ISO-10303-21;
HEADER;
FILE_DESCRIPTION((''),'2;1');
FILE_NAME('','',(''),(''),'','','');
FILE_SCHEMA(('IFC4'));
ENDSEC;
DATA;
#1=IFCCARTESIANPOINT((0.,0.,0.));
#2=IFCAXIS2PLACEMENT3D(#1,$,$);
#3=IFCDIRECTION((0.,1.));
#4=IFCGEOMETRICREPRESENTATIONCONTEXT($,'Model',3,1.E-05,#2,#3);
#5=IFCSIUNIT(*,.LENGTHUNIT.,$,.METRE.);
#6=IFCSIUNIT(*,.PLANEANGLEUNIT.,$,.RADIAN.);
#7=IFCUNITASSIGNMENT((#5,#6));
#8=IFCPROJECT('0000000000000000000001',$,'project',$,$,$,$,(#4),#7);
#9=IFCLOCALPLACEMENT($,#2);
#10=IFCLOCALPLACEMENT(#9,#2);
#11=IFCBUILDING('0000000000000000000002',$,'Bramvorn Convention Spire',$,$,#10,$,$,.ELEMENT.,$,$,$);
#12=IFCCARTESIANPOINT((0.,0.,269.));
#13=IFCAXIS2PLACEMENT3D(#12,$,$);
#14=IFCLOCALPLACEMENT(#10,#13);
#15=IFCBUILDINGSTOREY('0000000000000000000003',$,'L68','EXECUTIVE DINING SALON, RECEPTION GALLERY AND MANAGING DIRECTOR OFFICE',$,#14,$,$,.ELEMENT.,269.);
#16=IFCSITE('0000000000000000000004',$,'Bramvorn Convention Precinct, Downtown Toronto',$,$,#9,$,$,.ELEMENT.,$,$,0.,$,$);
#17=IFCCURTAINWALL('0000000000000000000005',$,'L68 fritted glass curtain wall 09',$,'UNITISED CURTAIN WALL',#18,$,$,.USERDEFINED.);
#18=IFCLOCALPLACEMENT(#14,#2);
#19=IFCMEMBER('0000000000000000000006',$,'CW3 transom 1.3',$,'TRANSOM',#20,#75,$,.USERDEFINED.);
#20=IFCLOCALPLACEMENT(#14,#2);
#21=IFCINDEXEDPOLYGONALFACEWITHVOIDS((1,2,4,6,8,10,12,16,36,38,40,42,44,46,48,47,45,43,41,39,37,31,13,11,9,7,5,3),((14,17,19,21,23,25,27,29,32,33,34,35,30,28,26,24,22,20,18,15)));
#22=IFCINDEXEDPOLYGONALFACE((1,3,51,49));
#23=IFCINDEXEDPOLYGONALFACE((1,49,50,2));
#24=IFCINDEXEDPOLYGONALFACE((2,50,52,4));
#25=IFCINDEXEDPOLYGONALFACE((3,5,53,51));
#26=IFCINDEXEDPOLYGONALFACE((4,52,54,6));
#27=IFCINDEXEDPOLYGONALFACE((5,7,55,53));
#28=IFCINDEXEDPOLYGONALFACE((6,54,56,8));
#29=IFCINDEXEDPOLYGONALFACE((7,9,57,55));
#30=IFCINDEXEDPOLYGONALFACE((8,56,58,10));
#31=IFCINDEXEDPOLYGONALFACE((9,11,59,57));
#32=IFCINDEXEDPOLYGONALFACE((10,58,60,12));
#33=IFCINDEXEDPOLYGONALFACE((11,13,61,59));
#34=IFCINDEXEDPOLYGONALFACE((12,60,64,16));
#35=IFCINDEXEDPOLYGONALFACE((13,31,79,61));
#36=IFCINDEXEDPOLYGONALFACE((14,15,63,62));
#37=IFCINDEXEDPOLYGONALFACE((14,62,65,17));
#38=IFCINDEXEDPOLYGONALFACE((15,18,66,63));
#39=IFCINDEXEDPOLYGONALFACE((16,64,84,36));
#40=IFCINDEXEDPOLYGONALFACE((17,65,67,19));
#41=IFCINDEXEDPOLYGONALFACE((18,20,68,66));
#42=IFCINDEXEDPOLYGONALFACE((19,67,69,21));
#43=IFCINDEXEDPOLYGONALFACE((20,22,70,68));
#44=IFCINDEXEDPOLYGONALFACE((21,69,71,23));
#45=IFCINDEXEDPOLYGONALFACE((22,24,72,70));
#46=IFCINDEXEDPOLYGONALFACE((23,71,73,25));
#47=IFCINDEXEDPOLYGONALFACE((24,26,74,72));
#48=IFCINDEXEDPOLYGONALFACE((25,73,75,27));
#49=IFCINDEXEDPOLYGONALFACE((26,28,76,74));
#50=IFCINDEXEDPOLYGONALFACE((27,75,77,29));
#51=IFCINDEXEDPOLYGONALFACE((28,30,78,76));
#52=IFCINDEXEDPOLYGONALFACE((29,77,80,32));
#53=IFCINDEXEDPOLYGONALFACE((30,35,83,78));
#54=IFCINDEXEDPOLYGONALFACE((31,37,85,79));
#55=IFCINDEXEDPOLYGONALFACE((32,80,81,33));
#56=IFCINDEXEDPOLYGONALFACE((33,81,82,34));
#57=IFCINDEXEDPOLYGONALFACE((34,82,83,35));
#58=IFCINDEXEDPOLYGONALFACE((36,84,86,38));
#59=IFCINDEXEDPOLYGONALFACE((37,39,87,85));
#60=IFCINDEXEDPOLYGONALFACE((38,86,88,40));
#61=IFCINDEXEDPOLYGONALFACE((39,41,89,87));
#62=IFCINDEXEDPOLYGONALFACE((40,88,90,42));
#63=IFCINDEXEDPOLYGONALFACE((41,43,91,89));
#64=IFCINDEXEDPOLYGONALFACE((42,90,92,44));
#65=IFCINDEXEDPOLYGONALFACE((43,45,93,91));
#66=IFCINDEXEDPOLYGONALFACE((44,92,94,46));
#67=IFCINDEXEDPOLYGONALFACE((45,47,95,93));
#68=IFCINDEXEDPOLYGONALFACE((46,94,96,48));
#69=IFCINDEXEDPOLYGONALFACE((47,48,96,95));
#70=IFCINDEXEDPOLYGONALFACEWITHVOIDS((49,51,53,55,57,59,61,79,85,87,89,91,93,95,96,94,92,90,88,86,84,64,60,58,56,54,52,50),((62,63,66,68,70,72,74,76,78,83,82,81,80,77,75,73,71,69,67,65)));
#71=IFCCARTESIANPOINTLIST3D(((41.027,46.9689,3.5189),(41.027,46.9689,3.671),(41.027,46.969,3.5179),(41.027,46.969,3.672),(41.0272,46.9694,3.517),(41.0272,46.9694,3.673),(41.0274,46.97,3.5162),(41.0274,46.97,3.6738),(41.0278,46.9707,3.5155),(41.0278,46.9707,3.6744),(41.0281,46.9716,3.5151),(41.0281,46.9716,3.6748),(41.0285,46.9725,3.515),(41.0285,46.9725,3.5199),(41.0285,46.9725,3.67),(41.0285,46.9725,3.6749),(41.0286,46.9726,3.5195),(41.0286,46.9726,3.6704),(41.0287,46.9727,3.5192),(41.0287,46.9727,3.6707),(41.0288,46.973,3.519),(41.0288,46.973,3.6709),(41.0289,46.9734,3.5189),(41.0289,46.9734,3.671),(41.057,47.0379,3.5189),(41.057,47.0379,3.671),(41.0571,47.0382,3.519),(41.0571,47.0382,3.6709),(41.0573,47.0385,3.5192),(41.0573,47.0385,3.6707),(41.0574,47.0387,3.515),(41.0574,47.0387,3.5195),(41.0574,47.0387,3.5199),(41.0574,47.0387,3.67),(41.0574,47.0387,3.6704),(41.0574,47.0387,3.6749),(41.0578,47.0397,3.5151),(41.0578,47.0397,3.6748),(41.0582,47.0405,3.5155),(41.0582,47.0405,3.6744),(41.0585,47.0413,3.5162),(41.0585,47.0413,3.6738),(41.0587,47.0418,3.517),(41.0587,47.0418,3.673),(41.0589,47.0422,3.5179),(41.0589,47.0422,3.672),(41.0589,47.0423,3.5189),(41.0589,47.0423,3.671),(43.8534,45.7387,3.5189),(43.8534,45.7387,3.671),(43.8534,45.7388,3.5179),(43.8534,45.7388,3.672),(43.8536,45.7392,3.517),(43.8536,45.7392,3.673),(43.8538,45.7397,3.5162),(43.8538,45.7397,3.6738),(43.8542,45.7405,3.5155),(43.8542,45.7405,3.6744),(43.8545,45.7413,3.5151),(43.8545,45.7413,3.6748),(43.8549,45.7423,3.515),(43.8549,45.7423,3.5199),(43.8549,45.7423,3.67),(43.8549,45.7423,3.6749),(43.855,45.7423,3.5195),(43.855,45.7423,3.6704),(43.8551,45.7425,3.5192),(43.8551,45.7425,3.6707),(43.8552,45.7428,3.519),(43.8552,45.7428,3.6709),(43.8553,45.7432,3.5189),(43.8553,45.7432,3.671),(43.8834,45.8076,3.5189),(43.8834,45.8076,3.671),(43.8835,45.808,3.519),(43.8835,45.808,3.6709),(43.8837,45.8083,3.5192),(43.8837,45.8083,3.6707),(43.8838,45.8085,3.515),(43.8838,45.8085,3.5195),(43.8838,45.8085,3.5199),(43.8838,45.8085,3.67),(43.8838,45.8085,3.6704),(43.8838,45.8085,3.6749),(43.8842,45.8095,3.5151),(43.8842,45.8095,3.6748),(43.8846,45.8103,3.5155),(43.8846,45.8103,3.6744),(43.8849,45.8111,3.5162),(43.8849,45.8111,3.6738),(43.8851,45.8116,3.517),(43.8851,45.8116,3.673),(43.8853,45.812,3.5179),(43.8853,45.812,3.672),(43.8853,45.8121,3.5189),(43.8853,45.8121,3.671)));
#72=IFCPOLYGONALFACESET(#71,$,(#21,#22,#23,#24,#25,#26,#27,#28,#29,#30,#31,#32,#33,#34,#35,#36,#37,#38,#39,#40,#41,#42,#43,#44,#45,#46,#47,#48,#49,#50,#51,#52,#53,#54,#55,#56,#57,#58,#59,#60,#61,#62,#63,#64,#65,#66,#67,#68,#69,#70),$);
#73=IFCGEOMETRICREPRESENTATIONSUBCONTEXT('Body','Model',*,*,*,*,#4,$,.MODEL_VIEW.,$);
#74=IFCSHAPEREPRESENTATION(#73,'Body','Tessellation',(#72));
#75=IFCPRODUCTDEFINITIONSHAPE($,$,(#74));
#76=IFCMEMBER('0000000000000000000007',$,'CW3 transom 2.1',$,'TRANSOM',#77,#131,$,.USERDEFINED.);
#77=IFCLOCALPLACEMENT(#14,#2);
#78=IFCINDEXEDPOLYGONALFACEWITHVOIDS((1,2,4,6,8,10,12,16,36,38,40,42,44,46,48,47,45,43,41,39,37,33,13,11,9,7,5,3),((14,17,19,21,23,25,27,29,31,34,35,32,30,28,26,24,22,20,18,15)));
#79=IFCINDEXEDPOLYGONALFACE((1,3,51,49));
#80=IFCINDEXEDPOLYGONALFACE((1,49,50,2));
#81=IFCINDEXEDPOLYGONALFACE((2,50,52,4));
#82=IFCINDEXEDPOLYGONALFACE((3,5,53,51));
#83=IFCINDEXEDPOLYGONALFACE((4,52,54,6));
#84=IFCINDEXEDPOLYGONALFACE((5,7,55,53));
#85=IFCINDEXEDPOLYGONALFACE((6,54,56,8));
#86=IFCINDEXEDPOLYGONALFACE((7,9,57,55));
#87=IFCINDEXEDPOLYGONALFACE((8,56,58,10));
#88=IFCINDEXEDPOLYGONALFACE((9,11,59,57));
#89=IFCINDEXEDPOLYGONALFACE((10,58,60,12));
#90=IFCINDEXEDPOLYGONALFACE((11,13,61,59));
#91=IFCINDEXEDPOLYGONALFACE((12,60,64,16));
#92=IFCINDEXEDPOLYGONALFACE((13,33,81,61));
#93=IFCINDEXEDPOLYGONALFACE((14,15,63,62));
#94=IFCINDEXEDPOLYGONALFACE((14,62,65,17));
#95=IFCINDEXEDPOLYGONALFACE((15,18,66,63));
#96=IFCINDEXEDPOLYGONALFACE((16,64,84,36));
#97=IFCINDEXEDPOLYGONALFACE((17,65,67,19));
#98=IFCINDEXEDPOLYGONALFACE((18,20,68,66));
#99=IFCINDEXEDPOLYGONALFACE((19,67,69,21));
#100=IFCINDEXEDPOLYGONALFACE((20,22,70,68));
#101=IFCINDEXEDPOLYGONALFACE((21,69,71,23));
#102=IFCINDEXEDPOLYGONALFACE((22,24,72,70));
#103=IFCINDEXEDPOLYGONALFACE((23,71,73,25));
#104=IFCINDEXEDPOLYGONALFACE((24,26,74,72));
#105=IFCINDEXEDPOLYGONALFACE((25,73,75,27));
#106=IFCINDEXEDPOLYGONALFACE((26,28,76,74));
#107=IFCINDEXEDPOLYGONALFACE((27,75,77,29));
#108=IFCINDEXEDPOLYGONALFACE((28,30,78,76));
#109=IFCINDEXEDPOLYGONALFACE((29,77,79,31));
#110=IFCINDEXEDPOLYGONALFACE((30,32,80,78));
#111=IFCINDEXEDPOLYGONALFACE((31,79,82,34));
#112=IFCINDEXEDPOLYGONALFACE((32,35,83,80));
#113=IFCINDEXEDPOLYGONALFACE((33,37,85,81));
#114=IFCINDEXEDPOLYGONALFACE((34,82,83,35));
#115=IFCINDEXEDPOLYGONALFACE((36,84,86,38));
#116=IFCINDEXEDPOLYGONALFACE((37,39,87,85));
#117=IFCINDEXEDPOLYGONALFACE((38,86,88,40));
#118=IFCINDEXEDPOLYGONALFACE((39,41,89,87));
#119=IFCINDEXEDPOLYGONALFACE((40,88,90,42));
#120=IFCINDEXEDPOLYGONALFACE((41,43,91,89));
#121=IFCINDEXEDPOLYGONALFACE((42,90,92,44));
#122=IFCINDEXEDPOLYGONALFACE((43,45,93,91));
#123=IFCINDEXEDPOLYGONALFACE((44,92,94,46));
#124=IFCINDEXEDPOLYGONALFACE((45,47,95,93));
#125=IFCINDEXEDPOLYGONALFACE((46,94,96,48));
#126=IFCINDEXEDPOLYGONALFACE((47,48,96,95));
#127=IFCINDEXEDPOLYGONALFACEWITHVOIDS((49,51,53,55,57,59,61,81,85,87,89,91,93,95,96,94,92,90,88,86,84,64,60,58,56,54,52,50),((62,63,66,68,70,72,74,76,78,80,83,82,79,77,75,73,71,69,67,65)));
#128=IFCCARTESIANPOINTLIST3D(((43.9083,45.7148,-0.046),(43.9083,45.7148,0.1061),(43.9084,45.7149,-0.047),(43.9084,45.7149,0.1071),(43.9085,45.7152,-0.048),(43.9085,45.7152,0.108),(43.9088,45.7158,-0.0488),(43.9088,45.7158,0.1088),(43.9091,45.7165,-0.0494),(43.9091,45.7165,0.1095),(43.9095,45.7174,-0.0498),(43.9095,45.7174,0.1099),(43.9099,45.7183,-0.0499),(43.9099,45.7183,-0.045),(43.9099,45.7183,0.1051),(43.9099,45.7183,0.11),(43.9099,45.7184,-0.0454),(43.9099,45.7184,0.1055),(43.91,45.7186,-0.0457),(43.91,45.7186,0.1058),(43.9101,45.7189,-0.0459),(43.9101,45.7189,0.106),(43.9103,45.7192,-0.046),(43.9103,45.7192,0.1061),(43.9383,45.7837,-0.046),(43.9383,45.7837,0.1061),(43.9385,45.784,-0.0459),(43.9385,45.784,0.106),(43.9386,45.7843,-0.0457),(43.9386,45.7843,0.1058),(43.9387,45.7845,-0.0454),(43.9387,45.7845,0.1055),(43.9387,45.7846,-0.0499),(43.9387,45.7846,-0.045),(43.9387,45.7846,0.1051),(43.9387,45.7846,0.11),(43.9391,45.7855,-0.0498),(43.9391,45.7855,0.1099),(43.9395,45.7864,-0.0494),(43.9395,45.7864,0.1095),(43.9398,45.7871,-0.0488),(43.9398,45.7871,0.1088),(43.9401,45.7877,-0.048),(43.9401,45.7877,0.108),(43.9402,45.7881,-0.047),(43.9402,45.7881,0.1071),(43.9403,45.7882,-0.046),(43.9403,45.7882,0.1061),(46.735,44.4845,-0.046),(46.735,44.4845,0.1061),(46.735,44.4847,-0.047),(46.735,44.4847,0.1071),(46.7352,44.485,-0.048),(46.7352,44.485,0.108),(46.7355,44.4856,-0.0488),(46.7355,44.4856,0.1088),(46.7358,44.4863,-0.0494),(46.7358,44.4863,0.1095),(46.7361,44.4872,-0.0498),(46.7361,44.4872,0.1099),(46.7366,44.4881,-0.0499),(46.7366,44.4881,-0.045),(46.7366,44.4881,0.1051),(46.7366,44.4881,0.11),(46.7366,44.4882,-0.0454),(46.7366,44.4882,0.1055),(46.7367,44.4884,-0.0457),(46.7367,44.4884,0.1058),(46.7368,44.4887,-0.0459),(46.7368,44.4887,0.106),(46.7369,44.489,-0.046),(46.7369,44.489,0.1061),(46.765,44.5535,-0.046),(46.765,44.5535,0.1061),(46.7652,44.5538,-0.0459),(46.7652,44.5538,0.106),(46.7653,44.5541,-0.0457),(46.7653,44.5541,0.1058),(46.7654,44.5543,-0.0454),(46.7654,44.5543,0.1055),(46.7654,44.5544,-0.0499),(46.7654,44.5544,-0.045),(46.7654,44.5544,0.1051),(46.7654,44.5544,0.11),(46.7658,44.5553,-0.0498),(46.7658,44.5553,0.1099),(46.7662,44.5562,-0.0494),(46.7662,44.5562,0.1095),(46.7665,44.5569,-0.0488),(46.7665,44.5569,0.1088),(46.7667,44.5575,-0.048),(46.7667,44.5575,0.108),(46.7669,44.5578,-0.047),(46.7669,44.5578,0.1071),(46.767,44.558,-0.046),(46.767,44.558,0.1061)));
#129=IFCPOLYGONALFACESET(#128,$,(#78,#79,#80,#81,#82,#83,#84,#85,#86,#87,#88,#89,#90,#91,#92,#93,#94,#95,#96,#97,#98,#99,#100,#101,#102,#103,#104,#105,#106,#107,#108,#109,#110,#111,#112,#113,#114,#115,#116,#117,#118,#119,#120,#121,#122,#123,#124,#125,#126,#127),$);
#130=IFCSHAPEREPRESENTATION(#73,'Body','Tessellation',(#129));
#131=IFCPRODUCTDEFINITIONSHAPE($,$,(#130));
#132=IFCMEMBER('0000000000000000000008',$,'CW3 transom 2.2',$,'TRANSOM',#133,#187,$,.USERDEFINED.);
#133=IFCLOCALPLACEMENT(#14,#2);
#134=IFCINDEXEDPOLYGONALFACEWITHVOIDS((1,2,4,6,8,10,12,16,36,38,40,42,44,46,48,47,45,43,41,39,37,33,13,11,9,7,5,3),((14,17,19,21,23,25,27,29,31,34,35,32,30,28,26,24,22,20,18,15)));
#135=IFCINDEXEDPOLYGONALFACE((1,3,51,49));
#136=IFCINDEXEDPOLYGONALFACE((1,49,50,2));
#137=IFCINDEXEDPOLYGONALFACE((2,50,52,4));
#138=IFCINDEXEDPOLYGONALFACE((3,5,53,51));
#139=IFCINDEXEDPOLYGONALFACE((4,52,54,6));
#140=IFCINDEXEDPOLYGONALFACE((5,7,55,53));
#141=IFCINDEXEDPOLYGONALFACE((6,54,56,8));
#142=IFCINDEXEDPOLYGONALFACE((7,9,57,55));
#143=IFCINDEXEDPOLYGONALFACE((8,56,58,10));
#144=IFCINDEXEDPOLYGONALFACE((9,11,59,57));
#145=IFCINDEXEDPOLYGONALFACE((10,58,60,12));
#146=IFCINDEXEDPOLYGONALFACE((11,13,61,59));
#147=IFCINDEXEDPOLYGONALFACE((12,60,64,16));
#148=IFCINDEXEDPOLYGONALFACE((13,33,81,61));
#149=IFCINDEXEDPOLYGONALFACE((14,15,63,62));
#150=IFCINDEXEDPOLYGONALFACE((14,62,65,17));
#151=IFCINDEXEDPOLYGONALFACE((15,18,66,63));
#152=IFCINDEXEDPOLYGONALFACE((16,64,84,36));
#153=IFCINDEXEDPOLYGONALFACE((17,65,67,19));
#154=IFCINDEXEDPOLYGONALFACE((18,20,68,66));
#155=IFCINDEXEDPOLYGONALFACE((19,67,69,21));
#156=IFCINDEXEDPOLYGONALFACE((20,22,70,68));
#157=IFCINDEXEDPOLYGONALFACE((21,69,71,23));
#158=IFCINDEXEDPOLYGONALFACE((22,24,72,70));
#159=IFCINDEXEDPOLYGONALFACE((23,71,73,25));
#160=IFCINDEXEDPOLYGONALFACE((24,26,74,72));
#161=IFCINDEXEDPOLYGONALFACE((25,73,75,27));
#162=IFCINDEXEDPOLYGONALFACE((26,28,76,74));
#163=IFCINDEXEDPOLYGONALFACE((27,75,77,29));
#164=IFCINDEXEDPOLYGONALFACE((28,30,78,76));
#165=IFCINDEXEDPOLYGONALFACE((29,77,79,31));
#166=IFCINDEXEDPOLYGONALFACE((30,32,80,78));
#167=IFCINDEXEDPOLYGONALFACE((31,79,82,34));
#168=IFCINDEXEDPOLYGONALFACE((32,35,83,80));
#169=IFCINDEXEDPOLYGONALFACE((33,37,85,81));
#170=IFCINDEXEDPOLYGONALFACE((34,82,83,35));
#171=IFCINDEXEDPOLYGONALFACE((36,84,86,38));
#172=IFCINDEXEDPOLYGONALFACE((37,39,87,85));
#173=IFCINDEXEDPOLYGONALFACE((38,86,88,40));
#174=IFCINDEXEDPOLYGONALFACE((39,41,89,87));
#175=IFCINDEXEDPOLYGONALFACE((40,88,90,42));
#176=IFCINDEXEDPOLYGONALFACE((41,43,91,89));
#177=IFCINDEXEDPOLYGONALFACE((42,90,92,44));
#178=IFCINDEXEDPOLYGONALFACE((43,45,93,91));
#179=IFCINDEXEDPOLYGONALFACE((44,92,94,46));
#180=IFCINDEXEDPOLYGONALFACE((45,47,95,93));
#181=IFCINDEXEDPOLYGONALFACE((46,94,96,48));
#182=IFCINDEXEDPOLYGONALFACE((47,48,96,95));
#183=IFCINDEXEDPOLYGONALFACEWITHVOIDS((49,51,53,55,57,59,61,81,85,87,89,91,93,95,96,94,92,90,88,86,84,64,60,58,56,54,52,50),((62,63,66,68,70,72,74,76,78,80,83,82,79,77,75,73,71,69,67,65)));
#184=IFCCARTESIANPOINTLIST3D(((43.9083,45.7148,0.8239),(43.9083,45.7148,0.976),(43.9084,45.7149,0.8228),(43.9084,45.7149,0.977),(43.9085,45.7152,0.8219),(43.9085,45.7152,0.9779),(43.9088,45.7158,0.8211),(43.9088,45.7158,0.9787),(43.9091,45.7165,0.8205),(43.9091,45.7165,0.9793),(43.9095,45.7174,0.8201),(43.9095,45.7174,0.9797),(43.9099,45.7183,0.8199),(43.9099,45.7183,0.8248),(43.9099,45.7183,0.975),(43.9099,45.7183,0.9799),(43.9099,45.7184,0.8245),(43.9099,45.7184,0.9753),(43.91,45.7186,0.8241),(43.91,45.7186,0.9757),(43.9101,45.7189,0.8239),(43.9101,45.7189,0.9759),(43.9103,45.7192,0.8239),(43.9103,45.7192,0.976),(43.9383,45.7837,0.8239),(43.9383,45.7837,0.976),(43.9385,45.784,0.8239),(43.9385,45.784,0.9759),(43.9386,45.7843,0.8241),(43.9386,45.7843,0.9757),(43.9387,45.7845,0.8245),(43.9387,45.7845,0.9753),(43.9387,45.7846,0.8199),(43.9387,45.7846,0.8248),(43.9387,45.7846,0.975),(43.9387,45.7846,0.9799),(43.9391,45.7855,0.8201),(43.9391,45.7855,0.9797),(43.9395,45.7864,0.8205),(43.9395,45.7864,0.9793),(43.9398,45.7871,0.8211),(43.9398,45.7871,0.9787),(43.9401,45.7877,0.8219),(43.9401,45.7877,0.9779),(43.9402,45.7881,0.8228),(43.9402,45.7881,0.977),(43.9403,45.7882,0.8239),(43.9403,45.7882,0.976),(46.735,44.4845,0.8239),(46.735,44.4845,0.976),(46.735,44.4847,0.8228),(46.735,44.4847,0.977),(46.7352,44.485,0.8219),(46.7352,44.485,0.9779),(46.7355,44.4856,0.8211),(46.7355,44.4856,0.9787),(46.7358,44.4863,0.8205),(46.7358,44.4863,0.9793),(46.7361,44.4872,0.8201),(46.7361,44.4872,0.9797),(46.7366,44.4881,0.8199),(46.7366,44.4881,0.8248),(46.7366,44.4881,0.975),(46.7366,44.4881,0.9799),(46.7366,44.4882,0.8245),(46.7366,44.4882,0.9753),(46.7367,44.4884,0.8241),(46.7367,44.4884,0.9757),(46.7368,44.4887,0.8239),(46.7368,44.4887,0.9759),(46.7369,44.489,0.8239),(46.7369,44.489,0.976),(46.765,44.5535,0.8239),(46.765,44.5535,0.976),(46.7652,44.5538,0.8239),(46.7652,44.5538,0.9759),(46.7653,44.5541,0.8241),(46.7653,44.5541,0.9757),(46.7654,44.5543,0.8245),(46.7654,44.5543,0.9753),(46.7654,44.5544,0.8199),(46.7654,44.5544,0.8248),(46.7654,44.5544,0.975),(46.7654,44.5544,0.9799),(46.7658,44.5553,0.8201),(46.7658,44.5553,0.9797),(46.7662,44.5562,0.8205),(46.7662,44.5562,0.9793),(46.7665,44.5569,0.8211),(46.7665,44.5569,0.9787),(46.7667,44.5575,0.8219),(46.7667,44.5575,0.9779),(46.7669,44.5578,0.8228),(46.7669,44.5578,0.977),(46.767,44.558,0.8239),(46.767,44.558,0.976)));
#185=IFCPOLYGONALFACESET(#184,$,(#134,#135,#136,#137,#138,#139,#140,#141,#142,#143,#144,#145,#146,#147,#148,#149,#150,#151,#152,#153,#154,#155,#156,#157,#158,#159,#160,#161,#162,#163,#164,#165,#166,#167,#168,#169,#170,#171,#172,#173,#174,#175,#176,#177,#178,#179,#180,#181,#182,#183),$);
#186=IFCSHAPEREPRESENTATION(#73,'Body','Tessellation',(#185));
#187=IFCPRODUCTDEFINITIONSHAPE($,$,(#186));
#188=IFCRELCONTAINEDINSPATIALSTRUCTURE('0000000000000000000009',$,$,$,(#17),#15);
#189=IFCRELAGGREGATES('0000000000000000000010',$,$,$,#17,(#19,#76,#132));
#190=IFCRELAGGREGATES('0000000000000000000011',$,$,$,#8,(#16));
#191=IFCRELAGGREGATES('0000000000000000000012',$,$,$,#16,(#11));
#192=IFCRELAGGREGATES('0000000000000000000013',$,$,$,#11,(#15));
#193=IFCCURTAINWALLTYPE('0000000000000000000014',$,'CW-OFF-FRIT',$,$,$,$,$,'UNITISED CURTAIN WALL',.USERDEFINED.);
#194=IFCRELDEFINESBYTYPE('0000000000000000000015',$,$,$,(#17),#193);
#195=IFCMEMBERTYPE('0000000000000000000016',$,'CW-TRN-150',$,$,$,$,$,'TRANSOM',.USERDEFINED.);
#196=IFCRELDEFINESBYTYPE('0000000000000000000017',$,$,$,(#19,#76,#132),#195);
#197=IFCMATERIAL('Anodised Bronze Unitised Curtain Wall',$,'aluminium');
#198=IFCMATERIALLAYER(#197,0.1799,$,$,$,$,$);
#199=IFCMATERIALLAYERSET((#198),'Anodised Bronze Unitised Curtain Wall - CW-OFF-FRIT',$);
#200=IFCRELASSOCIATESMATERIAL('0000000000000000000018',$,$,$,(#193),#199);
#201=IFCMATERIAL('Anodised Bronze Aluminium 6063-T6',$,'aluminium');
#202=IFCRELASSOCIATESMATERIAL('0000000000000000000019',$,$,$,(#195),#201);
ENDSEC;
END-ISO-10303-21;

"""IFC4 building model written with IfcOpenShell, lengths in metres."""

from ifc_helpers import new_model, si_unit, direction, frame, origin, origin_2d, place, context, subcontext, project, spatial, hollow_rectangle, extrude, material, layer, layer_set, material_profile, profile_set, type_object, element, aggregate, save


model = new_model("IFC4")

# Units and contexts
model_context = context("Model", 3, precision=1e-05, world=origin(), true_north=direction((0.0, 1.0)))
body_context = subcontext(model_context, "Body", "Model", "MODEL_VIEW")
ifc_project = project(units=[si_unit("LENGTHUNIT", "METRE"), si_unit("PLANEANGLEUNIT", "RADIAN")], contexts=[model_context])

# Site, building, storey
site_placement = place(None, origin())
site = spatial("IfcSite", under=ifc_project, at=site_placement, Name="Bramvorn Convention Precinct, Downtown Toronto", CompositionType="ELEMENT", RefElevation=0.0)
building_placement = place(site_placement, origin())
building = spatial("IfcBuilding", under=site, at=building_placement, Name="Bramvorn Convention Spire", CompositionType="ELEMENT")
storey_placement = place(building_placement, frame((0.0, 0.0, 269.0)))
storey = spatial("IfcBuildingStorey", under=building, at=storey_placement, Name="L68", Description="EXECUTIVE DINING SALON, RECEPTION GALLERY AND MANAGING DIRECTOR OFFICE", CompositionType="ELEMENT", Elevation=269.0)

# Curtain wall
ifc_material_1 = material(Name="Anodised Bronze Unitised Curtain Wall", Category="aluminium")
ifc_layer_1 = layer(ifc_material_1, 0.1799)
ifc_layer_set_1 = layer_set([ifc_layer_1], Name="Anodised Bronze Unitised Curtain Wall - CW-OFF-FRIT")
curtain_wall_type = type_object("IfcCurtainWallType", Name="CW-OFF-FRIT", ElementType="UNITISED CURTAIN WALL", PredefinedType="USERDEFINED", material=ifc_layer_set_1)
ifc_material_2 = material(Name="Anodised Bronze Aluminium 6063-T6", Category="aluminium")
curtain_wall_1_placement = place(storey_placement, origin())
curtain_wall_1 = element("IfcCurtainWall", 1, at=curtain_wall_1_placement, inside=storey, type_object=curtain_wall_type, Name="L68 fritted glass curtain wall 09", ObjectType="UNITISED CURTAIN WALL", PredefinedType="USERDEFINED")

# Members
ifc_material_profile_1 = material_profile(ifc_material_2, hollow_rectangle(XDim=0.0801, YDim=0.1599, WallThickness=0.0039, InnerFilletRadius=0.001, OuterFilletRadius=0.0039, at=origin_2d()))
ifc_profile_set_1 = profile_set([ifc_material_profile_1], Name="Anodised Bronze Aluminium 6063-T6 - CWT80X160")
member_type_1 = type_object("IfcMemberType", Name="CW-TRN-150", ElementType="TRANSOM", PredefinedType="USERDEFINED", material=ifc_profile_set_1)
member_1_placement = place(storey_placement, frame((41.043, 47.0056, 3.595), z_axis=(0.91691, -0.399094, 0.0), x_axis=(0.399094, 0.91691, 0.0)))
member_1 = element("IfcMember", 2, at=member_1_placement, type_object=member_type_1, Name="CW3 transom 1.3", ObjectType="TRANSOM", PredefinedType="USERDEFINED", context=body_context, shape_type="SweptSolid", body=[
    extrude(hollow_rectangle(XDim=0.0801, YDim=0.1599, WallThickness=0.0039, InnerFilletRadius=0.001, OuterFilletRadius=0.0039, at=origin_2d()), origin(), (0.0, 0.0, 1.0), 3.0825),
])
member_2_placement = place(storey_placement, frame((43.9243, 45.7515, 0.03), z_axis=(0.916923, -0.399065, 0.0), x_axis=(0.399065, 0.916923, 0.0)))
member_2 = element("IfcMember", 3, at=member_2_placement, type_object=member_type_1, Name="CW3 transom 2.1", ObjectType="TRANSOM", PredefinedType="USERDEFINED", context=body_context, shape_type="SweptSolid", body=[
    extrude(hollow_rectangle(XDim=0.0801, YDim=0.1599, WallThickness=0.0039, InnerFilletRadius=0.001, OuterFilletRadius=0.0039, at=origin_2d()), origin(), (0.0, 0.0, 1.0), 3.0828),
])
member_3_placement = place(storey_placement, frame((43.9243, 45.7515, 0.8999), z_axis=(0.916923, -0.399065, 0.0), x_axis=(0.399065, 0.916923, 0.0)))
member_3 = element("IfcMember", 4, at=member_3_placement, type_object=member_type_1, Name="CW3 transom 2.2", ObjectType="TRANSOM", PredefinedType="USERDEFINED", context=body_context, shape_type="SweptSolid", body=[
    extrude(hollow_rectangle(XDim=0.0801, YDim=0.1599, WallThickness=0.0039, InnerFilletRadius=0.001, OuterFilletRadius=0.0039, at=origin_2d()), origin(), (0.0, 0.0, 1.0), 3.0828),
])

aggregate(curtain_wall_1, [member_1, member_2, member_3])

save(model, "model.ifc")
